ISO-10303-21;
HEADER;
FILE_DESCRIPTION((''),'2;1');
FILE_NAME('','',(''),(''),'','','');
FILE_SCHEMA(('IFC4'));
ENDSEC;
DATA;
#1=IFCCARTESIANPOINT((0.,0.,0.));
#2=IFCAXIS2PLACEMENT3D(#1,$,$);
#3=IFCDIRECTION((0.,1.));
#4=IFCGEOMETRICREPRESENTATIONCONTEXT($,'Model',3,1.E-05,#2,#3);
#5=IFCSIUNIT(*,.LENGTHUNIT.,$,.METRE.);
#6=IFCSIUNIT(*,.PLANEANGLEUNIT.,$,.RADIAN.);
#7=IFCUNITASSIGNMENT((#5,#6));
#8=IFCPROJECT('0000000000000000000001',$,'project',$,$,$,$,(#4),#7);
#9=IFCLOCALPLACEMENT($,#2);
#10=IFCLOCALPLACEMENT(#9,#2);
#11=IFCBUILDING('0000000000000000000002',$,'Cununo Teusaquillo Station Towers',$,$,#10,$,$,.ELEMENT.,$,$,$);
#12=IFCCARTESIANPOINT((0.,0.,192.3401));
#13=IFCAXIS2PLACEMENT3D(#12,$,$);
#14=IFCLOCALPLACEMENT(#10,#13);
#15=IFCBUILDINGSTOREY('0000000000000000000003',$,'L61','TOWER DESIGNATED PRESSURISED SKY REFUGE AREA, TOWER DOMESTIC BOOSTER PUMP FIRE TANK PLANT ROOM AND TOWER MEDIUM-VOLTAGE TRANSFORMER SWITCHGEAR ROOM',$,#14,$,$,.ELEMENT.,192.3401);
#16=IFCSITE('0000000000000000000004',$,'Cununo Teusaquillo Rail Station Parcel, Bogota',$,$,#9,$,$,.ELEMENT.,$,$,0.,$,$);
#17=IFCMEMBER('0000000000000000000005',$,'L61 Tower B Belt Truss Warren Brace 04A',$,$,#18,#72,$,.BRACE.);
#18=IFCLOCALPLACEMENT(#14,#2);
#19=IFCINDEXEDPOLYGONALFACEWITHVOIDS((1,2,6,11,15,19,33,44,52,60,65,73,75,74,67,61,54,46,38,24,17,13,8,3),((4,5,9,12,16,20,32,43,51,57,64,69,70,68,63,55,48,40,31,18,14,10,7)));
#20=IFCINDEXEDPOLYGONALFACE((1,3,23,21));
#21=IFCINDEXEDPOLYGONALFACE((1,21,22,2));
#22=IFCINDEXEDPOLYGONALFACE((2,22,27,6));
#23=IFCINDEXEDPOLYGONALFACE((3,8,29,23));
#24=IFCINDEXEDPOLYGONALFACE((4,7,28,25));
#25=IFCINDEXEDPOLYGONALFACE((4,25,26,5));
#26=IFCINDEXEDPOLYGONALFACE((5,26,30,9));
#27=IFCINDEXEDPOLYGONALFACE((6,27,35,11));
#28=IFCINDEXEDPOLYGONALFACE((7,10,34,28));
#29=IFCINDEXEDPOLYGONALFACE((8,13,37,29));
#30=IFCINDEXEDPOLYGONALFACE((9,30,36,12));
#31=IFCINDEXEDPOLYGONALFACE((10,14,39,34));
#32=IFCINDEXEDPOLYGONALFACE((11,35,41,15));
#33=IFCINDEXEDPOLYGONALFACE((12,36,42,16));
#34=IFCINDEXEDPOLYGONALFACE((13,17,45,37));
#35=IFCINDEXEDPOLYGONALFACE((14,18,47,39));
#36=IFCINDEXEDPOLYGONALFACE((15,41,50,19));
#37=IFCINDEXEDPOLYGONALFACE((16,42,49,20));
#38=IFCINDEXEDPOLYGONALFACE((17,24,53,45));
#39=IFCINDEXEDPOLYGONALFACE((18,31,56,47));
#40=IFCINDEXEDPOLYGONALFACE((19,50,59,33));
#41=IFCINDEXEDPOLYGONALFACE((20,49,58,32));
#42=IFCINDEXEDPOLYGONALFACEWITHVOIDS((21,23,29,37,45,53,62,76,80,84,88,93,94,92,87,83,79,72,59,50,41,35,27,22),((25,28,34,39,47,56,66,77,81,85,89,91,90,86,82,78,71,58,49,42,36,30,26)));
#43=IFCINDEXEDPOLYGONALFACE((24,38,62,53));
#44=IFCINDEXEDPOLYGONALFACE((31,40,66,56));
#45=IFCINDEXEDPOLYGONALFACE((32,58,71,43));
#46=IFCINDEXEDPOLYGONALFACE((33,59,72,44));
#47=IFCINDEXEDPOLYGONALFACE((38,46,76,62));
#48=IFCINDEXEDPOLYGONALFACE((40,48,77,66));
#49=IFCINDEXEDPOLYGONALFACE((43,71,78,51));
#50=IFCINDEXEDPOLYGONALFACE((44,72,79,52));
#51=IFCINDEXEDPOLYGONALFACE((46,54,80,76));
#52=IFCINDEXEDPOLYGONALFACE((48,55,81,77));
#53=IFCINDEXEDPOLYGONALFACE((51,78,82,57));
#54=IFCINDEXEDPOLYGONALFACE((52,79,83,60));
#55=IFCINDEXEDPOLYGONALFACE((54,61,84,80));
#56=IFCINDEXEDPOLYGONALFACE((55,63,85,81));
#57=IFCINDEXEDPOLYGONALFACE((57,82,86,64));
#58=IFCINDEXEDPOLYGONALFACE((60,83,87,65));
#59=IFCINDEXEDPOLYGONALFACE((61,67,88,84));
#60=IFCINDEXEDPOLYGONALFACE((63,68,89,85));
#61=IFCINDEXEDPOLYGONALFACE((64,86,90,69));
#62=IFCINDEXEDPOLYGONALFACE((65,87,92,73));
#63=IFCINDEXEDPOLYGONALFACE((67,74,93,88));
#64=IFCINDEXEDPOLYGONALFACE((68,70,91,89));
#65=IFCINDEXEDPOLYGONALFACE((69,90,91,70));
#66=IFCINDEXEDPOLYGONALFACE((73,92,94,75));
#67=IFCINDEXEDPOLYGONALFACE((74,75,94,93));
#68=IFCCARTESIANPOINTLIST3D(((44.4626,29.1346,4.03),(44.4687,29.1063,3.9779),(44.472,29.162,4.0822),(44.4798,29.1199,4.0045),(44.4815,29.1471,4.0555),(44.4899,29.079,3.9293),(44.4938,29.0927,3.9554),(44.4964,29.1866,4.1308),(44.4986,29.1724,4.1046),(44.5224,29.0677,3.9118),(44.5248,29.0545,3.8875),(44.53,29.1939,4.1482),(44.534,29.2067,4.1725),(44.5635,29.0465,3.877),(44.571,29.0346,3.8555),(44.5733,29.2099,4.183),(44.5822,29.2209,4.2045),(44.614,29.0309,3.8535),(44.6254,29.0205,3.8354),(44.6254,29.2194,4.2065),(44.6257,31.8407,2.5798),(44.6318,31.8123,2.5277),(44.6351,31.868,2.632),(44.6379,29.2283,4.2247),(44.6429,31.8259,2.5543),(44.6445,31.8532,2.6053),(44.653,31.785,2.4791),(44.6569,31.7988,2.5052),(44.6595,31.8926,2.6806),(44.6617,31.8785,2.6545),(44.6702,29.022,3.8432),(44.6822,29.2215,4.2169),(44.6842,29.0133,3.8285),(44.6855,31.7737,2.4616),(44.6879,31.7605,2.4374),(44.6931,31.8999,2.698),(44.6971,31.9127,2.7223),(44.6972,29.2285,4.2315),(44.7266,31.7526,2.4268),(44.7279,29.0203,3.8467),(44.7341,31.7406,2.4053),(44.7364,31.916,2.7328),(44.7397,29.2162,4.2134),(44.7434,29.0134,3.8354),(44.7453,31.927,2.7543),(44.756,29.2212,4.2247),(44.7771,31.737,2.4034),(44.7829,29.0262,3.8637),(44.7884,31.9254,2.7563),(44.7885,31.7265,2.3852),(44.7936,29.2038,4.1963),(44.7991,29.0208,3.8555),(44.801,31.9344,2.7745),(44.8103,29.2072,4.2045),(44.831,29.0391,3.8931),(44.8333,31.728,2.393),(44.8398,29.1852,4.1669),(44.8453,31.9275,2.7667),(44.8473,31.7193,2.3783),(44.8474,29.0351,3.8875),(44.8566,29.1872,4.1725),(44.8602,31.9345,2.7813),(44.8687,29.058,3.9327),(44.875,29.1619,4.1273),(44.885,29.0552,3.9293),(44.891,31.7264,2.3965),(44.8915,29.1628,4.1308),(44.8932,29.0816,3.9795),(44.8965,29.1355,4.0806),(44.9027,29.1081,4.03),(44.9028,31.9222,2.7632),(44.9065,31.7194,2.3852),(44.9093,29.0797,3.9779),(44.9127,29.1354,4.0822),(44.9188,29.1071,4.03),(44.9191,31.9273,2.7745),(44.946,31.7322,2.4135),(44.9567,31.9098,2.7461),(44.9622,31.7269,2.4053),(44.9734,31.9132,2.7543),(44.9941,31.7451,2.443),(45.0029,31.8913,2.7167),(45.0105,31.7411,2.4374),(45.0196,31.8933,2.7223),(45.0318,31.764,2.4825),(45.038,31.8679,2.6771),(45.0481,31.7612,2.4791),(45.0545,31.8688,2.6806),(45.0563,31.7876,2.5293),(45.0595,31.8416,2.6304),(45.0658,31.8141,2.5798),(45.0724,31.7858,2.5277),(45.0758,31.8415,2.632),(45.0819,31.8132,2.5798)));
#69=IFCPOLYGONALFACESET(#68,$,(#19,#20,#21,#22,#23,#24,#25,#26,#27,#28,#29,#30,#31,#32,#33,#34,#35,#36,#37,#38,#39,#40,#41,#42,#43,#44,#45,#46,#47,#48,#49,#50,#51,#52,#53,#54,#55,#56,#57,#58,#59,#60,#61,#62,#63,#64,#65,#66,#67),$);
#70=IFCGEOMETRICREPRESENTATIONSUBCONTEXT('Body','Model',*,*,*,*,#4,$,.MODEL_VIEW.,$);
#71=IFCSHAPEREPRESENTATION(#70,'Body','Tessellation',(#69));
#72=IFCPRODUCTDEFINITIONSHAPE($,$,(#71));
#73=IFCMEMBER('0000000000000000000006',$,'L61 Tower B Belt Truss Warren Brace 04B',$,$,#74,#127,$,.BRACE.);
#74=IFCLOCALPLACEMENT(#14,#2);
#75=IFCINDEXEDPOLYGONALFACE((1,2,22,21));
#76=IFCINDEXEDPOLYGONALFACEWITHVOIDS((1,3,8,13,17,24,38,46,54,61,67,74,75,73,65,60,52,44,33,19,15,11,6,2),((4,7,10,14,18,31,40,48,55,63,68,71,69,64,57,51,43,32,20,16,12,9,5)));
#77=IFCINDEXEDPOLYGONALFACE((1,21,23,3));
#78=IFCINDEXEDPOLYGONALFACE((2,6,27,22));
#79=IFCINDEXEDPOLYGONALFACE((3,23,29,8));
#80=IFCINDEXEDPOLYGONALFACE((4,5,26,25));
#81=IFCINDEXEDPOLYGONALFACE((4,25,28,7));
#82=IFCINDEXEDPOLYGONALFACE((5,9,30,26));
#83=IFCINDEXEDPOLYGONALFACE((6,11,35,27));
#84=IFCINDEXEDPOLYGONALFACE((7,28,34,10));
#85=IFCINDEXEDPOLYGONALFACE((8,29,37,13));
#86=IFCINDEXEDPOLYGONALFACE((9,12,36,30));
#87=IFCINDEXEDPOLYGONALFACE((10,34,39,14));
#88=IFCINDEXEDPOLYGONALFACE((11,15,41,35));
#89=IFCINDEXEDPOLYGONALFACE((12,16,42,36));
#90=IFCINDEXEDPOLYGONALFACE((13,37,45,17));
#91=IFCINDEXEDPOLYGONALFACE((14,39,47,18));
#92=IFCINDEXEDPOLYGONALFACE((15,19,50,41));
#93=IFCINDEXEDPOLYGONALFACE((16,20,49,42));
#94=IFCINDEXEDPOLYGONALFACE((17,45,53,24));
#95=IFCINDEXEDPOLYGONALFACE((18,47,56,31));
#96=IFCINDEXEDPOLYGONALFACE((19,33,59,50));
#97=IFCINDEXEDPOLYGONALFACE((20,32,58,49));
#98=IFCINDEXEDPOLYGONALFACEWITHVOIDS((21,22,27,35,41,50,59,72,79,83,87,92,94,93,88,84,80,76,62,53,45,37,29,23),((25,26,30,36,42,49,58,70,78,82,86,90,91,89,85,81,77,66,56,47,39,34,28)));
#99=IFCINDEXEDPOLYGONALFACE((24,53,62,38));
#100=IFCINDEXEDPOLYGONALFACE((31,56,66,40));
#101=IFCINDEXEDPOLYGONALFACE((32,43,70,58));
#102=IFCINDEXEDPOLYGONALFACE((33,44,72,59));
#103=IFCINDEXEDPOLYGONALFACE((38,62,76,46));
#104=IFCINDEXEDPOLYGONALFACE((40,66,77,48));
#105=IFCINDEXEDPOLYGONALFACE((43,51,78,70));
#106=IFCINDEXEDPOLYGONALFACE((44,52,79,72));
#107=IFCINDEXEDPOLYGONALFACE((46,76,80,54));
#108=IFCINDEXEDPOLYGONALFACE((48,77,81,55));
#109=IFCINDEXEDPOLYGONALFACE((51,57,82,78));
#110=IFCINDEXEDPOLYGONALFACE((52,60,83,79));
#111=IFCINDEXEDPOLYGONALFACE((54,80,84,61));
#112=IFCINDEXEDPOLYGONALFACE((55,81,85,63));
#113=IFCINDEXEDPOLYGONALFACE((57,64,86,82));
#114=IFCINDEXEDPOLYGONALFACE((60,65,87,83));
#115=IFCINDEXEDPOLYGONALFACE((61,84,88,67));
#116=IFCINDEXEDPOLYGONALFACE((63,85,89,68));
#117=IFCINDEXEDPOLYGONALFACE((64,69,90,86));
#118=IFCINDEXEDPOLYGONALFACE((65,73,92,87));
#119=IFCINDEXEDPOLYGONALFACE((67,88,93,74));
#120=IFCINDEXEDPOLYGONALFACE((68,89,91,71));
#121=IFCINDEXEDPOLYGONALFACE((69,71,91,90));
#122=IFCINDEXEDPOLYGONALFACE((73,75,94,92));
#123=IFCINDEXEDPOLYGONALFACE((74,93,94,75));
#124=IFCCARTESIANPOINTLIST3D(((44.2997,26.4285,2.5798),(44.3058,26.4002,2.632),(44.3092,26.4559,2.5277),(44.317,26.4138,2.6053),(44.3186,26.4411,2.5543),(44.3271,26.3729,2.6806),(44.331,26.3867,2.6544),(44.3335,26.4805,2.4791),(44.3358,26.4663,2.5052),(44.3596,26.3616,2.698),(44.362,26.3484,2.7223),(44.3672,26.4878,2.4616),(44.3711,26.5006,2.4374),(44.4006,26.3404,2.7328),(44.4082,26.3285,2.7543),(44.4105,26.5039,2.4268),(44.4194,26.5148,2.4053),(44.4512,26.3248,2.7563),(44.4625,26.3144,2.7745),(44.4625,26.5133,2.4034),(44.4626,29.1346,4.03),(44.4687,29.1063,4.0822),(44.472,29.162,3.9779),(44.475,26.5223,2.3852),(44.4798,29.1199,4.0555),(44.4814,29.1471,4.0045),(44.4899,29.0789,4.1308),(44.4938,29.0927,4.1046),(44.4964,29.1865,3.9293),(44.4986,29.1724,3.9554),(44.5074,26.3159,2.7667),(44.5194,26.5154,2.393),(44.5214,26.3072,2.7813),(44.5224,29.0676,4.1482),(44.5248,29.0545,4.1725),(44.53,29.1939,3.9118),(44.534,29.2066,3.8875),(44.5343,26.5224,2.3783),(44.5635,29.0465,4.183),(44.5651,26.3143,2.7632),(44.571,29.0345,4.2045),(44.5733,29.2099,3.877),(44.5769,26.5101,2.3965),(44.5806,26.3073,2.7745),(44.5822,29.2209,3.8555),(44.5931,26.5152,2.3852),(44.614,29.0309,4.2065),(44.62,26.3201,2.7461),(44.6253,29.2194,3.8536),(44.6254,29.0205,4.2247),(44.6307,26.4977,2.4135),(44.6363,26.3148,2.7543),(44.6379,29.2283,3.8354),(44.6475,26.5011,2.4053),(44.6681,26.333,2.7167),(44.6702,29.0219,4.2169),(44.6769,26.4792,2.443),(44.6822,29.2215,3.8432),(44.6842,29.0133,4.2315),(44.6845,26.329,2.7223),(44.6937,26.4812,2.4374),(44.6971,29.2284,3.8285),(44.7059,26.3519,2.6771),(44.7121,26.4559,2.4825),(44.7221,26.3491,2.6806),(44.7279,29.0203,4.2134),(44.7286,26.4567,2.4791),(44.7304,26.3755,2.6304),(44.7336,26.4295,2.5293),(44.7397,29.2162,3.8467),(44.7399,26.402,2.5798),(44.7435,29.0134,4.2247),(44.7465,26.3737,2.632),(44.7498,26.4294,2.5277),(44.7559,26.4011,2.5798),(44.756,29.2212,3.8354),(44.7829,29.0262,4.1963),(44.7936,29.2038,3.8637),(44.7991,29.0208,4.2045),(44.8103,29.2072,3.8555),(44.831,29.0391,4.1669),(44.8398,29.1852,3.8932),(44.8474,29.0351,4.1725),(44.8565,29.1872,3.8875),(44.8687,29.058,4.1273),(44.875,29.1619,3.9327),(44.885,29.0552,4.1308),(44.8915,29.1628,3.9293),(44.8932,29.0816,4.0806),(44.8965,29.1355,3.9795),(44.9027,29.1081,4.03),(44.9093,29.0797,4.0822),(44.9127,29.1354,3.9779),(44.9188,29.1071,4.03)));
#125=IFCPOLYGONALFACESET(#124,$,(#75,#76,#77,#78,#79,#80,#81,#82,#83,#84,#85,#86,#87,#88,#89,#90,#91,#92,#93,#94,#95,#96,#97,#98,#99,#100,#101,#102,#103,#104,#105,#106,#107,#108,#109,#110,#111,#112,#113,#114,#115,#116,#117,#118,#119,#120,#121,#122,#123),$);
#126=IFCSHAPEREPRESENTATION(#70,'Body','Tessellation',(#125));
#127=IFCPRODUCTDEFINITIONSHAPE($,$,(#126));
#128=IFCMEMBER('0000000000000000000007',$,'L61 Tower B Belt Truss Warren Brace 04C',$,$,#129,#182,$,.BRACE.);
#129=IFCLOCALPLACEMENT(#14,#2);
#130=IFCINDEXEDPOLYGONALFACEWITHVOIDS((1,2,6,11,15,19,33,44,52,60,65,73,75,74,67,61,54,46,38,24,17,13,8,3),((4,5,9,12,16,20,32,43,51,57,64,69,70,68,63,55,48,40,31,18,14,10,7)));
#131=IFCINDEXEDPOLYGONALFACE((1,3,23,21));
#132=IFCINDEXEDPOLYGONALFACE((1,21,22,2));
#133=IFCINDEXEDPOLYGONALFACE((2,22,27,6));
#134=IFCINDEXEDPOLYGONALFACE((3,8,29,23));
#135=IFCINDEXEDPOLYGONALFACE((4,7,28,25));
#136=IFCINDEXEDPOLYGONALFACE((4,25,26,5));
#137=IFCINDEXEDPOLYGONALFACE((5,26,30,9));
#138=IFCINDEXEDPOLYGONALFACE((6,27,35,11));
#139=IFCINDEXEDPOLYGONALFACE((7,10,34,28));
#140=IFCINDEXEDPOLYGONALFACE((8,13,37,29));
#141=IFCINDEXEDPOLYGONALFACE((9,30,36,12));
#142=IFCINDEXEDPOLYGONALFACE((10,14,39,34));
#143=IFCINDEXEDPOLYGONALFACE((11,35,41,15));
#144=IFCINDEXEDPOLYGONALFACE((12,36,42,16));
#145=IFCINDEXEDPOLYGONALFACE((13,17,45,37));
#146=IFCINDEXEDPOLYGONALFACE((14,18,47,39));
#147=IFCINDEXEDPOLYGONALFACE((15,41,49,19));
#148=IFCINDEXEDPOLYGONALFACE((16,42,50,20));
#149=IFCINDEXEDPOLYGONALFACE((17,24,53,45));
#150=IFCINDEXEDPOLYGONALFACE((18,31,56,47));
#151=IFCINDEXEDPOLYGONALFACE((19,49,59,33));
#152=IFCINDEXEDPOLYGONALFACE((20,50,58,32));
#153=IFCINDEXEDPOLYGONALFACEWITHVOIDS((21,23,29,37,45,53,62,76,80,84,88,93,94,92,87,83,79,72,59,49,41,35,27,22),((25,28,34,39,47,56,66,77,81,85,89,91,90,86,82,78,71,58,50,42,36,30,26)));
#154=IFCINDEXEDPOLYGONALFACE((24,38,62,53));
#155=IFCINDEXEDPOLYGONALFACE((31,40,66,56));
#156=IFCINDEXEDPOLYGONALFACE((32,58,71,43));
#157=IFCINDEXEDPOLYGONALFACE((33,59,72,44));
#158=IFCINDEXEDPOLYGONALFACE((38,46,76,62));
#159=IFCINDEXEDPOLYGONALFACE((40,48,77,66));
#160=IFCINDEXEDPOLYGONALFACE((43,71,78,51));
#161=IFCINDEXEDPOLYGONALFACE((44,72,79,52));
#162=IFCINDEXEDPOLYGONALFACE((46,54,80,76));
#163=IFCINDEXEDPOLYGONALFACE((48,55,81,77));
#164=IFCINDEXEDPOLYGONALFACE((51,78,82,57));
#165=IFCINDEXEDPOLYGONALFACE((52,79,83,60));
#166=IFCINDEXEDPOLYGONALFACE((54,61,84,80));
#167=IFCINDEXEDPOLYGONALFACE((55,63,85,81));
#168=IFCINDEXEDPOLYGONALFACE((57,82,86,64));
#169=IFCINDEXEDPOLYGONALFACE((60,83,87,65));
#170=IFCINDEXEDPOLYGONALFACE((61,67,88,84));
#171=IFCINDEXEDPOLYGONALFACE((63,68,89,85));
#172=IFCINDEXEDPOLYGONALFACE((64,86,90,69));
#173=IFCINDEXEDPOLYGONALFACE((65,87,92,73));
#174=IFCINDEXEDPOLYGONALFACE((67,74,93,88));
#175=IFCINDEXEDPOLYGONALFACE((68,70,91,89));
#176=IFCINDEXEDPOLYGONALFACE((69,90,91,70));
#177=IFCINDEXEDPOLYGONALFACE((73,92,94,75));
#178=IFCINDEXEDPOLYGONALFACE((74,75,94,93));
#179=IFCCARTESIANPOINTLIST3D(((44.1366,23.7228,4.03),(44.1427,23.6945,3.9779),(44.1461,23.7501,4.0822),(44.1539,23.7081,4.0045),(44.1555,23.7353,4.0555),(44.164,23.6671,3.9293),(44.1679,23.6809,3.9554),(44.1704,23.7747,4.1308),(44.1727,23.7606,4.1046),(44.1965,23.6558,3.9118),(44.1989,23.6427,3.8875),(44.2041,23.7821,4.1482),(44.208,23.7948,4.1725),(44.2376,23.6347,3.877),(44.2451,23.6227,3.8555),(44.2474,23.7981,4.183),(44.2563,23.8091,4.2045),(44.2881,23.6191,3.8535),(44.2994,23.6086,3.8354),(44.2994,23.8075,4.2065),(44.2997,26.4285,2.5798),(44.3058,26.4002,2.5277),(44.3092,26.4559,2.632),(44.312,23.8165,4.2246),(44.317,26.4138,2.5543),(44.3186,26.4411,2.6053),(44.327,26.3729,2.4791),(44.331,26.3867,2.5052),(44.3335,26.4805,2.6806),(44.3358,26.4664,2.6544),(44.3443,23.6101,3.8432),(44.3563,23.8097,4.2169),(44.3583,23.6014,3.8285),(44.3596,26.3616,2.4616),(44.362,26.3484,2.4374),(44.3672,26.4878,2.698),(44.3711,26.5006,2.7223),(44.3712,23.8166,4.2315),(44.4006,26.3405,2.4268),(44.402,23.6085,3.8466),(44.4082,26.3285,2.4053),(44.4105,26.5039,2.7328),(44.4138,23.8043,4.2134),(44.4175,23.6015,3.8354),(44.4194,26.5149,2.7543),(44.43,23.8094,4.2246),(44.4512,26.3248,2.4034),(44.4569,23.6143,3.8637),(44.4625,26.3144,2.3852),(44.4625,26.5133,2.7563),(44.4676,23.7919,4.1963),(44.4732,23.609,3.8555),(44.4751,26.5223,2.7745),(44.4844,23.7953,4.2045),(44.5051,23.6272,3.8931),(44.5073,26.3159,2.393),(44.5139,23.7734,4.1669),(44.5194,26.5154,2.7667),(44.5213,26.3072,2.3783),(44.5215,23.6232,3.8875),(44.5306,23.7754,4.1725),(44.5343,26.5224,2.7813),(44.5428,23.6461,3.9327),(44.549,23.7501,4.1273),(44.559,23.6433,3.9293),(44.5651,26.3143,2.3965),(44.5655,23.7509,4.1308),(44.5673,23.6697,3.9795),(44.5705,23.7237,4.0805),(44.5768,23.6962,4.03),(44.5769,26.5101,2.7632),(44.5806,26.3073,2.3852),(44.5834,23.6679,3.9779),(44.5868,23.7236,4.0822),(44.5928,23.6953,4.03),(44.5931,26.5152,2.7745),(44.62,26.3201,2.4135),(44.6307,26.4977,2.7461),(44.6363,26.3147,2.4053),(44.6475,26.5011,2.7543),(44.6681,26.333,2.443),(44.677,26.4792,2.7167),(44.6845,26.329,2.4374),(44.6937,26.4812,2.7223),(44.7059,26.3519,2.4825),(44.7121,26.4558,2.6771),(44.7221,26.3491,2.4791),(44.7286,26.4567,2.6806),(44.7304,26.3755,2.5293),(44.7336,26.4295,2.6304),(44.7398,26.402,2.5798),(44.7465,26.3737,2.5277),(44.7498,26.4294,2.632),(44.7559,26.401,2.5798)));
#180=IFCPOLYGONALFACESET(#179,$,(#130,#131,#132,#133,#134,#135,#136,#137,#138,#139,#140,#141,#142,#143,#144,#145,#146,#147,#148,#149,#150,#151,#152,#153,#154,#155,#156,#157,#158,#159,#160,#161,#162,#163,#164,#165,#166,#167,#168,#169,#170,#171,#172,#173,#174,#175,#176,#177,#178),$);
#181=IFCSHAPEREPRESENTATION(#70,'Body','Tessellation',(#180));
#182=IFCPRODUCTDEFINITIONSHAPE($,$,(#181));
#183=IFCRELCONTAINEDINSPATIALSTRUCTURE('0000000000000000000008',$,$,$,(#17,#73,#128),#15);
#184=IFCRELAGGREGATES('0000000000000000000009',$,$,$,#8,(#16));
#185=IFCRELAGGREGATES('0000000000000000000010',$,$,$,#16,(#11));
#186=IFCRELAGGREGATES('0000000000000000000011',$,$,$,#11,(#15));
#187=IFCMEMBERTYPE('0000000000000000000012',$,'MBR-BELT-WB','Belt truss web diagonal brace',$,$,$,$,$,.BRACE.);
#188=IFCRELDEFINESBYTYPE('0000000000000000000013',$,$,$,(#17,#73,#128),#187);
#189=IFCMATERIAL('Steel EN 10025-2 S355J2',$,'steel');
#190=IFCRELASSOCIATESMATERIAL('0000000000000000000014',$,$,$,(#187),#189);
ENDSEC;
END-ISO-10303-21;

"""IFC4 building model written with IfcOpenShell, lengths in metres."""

from ifc_helpers import new_model, si_unit, direction, frame, origin, origin_2d, place, context, subcontext, project, spatial, hollow_circle, extrude, material, material_profile, profile_set, type_object, element, save


model = new_model("IFC4")

# Units and contexts
model_context = context("Model", 3, precision=1e-05, world=origin(), true_north=direction((0.0, 1.0)))
body_context = subcontext(model_context, "Body", "Model", "MODEL_VIEW")
ifc_project = project(units=[si_unit("LENGTHUNIT", "METRE"), si_unit("PLANEANGLEUNIT", "RADIAN")], contexts=[model_context])

# Site, building, storey
site_placement = place(None, origin())
site = spatial("IfcSite", under=ifc_project, at=site_placement, Name="Cununo Teusaquillo Rail Station Parcel, Bogota", CompositionType="ELEMENT", RefElevation=0.0)
building_placement = place(site_placement, origin())
building = spatial("IfcBuilding", under=site, at=building_placement, Name="Cununo Teusaquillo Station Towers", CompositionType="ELEMENT")
storey_placement = place(building_placement, frame((0.0, 0.0, 192.3401)))
storey = spatial("IfcBuildingStorey", under=building, at=storey_placement, Name="L61", Description="TOWER DESIGNATED PRESSURISED SKY REFUGE AREA, TOWER DOMESTIC BOOSTER PUMP FIRE TANK PLANT ROOM AND TOWER MEDIUM-VOLTAGE TRANSFORMER SWITCHGEAR ROOM", CompositionType="ELEMENT", Elevation=192.3401)

# Members
ifc_material_1 = material(Name="Steel EN 10025-2 S355J2", Category="steel")
ifc_material_profile_1 = material_profile(ifc_material_1, hollow_circle(Radius=0.2285, WallThickness=0.0161, at=origin_2d()), Name="CHS 457x16")
ifc_profile_set_1 = profile_set([ifc_material_profile_1], Name="Steel EN 10025-2 S355J2")
member_type_1 = type_object("IfcMemberType", Name="MBR-BELT-WB", Description="Belt truss web diagonal brace", PredefinedType="BRACE", material=ifc_profile_set_1)
for number, where, z_axis, x_axis, name in (
    (1, (44.8538, 31.8269, 2.5798), (-0.053045, -0.880168, 0.471689), (0.998189, -0.060158, 0.0), "L61 Tower B Belt Truss Warren Brace 04A"),
    (2, (44.6907, 29.1208, 4.03), (-0.052966, -0.880172, -0.471691), (0.998194, -0.060068, 0.0), "L61 Tower B Belt Truss Warren Brace 04B"),
):
    element("IfcMember", number, at=place(storey_placement, frame(where, z_axis=z_axis, x_axis=x_axis)), inside=storey, type_object=member_type_1, Name=name, PredefinedType="BRACE", context=body_context, shape_type="SweptSolid", body=[
        extrude(hollow_circle(Radius=0.2285, WallThickness=0.0161, at=origin_2d()), origin(), (0.0, 0.0, 1.0), 3.0745),
    ])
member_1_placement = place(storey_placement, frame((44.5278, 26.4148, 2.5798), z_axis=(-0.053049, -0.88015, 0.471722), x_axis=(0.998189, -0.060163, 0.0)))
element("IfcMember", 3, at=member_1_placement, inside=storey, type_object=member_type_1, Name="L61 Tower B Belt Truss Warren Brace 04C", PredefinedType="BRACE", context=body_context, shape_type="SweptSolid", body=[
    extrude(hollow_circle(Radius=0.2285, WallThickness=0.0161, at=origin_2d()), origin(), (0.0, 0.0, 1.0), 3.0742),
])

save(model, "model.ifc")
